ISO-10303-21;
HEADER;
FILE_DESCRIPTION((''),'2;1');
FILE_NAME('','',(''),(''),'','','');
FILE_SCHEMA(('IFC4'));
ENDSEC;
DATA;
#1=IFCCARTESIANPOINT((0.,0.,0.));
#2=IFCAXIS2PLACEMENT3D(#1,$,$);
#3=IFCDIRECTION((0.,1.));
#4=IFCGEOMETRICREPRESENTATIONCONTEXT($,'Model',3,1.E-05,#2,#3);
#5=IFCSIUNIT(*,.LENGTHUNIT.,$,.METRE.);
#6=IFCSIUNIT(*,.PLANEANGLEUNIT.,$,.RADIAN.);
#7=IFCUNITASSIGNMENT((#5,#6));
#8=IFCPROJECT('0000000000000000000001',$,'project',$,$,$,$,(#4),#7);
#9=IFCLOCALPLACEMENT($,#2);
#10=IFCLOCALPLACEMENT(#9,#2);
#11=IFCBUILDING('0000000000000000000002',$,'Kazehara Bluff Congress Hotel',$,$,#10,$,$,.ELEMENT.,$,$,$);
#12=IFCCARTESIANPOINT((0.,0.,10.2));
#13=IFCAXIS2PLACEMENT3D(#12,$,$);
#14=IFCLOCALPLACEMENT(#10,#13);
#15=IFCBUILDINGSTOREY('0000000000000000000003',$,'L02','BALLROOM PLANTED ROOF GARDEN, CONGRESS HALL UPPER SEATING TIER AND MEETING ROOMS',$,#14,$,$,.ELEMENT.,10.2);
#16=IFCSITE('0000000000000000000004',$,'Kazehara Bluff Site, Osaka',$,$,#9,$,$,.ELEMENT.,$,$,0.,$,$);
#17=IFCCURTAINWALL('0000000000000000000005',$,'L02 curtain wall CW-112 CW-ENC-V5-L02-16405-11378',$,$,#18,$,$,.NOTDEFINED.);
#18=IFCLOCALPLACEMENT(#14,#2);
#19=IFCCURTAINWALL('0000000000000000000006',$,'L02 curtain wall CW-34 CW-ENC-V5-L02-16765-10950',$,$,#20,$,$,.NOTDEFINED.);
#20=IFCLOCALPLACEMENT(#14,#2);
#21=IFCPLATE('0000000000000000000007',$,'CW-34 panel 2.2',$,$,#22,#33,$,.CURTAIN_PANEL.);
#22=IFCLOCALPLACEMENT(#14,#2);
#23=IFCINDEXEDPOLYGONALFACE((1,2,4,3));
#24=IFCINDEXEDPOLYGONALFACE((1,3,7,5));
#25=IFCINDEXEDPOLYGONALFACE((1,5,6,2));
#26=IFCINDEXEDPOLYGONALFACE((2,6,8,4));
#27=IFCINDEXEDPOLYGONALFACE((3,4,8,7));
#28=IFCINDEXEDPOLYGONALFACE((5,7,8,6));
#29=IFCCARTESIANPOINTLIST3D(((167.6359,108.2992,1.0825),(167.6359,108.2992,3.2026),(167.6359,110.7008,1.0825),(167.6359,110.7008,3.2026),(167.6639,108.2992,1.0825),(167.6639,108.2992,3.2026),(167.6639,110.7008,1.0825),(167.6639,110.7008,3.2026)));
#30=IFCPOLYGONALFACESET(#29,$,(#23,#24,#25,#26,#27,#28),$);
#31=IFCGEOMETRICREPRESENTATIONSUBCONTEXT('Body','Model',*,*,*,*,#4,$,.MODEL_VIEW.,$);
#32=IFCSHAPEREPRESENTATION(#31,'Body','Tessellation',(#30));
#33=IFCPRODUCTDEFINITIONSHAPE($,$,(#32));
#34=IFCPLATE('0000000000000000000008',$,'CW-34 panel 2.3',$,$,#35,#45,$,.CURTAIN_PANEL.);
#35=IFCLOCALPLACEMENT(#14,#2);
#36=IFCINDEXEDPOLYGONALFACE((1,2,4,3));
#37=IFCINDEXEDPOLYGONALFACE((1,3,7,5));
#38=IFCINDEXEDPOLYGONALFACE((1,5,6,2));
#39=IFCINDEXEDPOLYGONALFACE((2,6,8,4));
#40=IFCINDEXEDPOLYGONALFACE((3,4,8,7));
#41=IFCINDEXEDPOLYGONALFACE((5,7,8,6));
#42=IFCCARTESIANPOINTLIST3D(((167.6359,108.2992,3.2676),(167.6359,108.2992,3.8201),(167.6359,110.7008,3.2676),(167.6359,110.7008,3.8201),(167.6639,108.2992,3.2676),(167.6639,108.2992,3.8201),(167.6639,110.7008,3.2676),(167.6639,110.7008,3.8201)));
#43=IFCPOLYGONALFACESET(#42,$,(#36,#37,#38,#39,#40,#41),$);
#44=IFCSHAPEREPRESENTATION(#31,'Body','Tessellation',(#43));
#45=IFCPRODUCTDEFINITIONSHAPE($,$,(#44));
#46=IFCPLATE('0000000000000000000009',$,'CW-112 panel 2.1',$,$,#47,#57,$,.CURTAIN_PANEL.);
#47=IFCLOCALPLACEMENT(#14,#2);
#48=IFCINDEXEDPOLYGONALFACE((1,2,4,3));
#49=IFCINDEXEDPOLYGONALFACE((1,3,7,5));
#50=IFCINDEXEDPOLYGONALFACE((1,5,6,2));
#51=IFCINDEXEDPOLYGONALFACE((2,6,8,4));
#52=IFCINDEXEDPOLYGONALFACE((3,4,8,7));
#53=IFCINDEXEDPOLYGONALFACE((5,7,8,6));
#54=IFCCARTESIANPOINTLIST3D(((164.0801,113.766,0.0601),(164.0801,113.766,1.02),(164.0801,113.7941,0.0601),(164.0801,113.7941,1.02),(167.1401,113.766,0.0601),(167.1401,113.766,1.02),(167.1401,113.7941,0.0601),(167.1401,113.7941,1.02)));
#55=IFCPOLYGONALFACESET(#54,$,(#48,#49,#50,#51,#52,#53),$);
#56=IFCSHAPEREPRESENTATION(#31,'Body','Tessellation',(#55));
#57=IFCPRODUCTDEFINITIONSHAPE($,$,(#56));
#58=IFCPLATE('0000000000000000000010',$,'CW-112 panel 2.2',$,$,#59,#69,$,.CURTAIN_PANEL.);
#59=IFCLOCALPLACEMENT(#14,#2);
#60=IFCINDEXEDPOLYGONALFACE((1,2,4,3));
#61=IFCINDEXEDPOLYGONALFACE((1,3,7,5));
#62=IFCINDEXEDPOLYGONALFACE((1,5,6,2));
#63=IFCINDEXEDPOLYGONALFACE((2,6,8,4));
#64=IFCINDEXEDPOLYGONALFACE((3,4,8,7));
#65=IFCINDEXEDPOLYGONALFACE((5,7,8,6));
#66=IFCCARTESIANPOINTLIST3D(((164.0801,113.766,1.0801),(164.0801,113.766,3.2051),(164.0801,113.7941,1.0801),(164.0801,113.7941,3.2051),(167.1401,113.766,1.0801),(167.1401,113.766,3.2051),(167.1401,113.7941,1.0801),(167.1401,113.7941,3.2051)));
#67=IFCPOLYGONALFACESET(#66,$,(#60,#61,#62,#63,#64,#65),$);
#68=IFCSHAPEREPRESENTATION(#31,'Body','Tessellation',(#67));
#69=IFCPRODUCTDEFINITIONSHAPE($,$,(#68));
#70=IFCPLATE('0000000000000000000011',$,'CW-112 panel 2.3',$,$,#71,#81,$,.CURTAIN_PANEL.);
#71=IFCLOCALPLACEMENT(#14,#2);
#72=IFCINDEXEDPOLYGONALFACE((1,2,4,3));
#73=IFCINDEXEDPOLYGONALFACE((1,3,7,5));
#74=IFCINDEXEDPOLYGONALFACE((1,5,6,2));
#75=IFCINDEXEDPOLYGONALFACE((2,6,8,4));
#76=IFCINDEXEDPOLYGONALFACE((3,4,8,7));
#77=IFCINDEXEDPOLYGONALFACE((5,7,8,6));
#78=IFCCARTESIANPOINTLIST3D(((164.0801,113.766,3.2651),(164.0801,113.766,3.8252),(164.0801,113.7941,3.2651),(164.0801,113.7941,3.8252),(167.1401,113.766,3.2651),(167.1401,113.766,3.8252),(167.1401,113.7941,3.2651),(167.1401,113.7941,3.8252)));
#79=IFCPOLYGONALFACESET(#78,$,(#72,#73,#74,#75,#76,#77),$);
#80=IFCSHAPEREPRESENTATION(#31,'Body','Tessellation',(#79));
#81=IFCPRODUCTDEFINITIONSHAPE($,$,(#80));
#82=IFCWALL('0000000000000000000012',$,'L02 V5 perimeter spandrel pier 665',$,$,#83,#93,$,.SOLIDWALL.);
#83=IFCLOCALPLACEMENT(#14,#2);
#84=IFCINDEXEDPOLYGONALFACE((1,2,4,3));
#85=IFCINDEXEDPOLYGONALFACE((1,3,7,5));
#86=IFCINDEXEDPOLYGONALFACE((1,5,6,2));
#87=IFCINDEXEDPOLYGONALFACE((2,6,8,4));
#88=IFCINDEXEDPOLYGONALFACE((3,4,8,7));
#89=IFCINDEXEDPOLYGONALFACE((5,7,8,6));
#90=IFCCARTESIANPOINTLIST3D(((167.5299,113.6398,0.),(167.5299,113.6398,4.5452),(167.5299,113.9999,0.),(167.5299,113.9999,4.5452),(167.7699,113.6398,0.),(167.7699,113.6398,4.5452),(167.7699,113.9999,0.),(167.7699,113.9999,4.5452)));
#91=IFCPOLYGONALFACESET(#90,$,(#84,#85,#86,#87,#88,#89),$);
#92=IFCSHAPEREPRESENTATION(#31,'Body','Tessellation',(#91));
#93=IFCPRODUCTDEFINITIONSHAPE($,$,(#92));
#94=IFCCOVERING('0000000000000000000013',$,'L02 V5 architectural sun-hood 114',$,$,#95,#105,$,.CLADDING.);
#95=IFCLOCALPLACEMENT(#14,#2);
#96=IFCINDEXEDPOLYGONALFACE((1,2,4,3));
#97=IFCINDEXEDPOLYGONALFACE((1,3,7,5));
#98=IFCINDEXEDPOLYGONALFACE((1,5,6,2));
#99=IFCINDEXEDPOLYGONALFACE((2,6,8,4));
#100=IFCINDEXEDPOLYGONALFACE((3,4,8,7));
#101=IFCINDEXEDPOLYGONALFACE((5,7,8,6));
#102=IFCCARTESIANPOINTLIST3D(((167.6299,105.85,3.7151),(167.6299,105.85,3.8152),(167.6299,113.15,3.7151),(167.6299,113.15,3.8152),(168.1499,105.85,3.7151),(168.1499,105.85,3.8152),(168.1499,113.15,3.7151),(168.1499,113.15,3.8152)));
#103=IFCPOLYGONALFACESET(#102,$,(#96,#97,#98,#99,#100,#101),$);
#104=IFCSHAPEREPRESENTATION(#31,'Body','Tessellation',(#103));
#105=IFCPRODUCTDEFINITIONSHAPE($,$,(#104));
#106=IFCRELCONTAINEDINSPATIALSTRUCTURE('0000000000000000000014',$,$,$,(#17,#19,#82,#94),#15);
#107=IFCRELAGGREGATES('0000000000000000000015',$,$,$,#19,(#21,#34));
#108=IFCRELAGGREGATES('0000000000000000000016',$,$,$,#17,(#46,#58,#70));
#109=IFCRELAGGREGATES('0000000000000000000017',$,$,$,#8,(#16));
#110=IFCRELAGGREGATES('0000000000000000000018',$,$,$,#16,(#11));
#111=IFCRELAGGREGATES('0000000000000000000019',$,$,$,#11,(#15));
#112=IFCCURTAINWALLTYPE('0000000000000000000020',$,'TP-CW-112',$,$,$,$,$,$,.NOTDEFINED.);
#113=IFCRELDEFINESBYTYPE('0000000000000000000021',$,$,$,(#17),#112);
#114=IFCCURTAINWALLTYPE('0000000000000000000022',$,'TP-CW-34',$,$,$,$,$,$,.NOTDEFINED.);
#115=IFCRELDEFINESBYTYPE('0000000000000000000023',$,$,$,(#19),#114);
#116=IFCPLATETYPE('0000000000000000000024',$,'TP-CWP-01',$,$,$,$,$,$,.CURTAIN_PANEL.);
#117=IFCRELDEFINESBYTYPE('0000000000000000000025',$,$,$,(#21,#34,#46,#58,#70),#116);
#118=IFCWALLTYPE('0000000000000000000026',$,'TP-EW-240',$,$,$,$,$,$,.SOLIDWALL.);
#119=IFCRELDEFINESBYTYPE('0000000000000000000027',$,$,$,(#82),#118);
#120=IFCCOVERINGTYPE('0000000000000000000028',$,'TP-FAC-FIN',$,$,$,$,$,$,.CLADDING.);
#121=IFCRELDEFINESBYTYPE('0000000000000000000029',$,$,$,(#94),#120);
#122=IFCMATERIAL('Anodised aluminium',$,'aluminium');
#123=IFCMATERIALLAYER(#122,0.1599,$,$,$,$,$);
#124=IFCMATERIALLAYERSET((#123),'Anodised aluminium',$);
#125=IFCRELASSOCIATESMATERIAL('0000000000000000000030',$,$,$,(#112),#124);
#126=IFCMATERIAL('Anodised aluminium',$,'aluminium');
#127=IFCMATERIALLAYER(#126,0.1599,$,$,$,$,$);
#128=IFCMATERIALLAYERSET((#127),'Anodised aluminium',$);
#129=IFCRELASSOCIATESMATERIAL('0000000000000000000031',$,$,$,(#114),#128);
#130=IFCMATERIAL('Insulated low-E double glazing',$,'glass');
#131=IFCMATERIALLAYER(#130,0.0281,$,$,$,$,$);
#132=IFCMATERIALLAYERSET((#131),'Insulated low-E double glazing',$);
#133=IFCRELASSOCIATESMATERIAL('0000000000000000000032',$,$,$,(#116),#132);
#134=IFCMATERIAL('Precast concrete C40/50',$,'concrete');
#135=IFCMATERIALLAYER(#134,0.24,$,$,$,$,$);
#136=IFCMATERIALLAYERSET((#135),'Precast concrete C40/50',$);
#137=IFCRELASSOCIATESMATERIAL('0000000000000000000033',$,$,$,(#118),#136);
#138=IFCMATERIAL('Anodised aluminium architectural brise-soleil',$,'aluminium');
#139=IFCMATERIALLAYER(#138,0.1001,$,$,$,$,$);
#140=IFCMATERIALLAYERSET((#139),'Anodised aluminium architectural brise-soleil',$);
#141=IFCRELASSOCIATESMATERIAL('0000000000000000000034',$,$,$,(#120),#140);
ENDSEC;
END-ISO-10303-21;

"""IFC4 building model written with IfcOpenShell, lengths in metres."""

from ifc_helpers import new_model, si_unit, direction, frame, frame_2d, origin, origin_2d, place, context, subcontext, project, spatial, rectangle, extrude, material, layer, layer_set, type_object, element, aggregate, save


model = new_model("IFC4")

# Units and contexts
model_context = context("Model", 3, precision=1e-05, world=origin(), true_north=direction((0.0, 1.0)))
body_context = subcontext(model_context, "Body", "Model", "MODEL_VIEW")
ifc_project = project(units=[si_unit("LENGTHUNIT", "METRE"), si_unit("PLANEANGLEUNIT", "RADIAN")], contexts=[model_context])

# Site, building, storey
site_placement = place(None, origin())
site = spatial("IfcSite", under=ifc_project, at=site_placement, Name="Kazehara Bluff Site, Osaka", CompositionType="ELEMENT", RefElevation=0.0)
building_placement = place(site_placement, origin())
building = spatial("IfcBuilding", under=site, at=building_placement, Name="Kazehara Bluff Congress Hotel", CompositionType="ELEMENT")
storey_placement = place(building_placement, frame((0.0, 0.0, 10.2)))
storey = spatial("IfcBuildingStorey", under=building, at=storey_placement, Name="L02", Description="BALLROOM PLANTED ROOF GARDEN, CONGRESS HALL UPPER SEATING TIER AND MEETING ROOMS", CompositionType="ELEMENT", Elevation=10.2)

# Curtain wall
ifc_material_1 = material(Name="Anodised aluminium", Category="aluminium")
ifc_layer_1 = layer(ifc_material_1, 0.1599)
ifc_layer_set_1 = layer_set([ifc_layer_1], Name="Anodised aluminium")
curtain_wall_type_1 = type_object("IfcCurtainWallType", Name="TP-CW-112", PredefinedType="NOTDEFINED", material=ifc_layer_set_1)
curtain_wall_1_placement = place(storey_placement, origin())
curtain_wall_1 = element("IfcCurtainWall", 1, at=curtain_wall_1_placement, inside=storey, type_object=curtain_wall_type_1, Name="L02 curtain wall CW-112 CW-ENC-V5-L02-16405-11378", PredefinedType="NOTDEFINED")

# Curtain wall
ifc_material_2 = material(Name="Anodised aluminium", Category="aluminium")
ifc_layer_2 = layer(ifc_material_2, 0.1599)
ifc_layer_set_2 = layer_set([ifc_layer_2], Name="Anodised aluminium")
curtain_wall_type_2 = type_object("IfcCurtainWallType", Name="TP-CW-34", PredefinedType="NOTDEFINED", material=ifc_layer_set_2)
curtain_wall_2_placement = place(storey_placement, origin())
curtain_wall_2 = element("IfcCurtainWall", 2, at=curtain_wall_2_placement, inside=storey, type_object=curtain_wall_type_2, Name="L02 curtain wall CW-34 CW-ENC-V5-L02-16765-10950", PredefinedType="NOTDEFINED")

# Plates
ifc_material_3 = material(Name="Insulated low-E double glazing", Category="glass")
ifc_layer_3 = layer(ifc_material_3, 0.0281)
ifc_layer_set_3 = layer_set([ifc_layer_3], Name="Insulated low-E double glazing")
plate_type = type_object("IfcPlateType", Name="TP-CWP-01", PredefinedType="CURTAIN_PANEL", material=ifc_layer_set_3)
plate_1_placement = place(storey_placement, frame((167.6499, 109.5, 1.0825), z_axis=(0.0, 0.0, 1.0), x_axis=(0.0, -1.0, 0.0)))
plate_1 = element("IfcPlate", 3, at=plate_1_placement, type_object=plate_type, Name="CW-34 panel 2.2", PredefinedType="CURTAIN_PANEL", context=body_context, shape_type="SweptSolid", body=[
    extrude(rectangle(XDim=2.4016, YDim=0.0281, at=origin_2d()), origin(), (0.0, 0.0, 1.0), 2.1201),
])
plate_2_placement = place(storey_placement, frame((167.6499, 109.5, 3.2676), z_axis=(0.0, 0.0, 1.0), x_axis=(0.0, -1.0, 0.0)))
plate_2 = element("IfcPlate", 4, at=plate_2_placement, type_object=plate_type, Name="CW-34 panel 2.3", PredefinedType="CURTAIN_PANEL", context=body_context, shape_type="SweptSolid", body=[
    extrude(rectangle(XDim=2.4016, YDim=0.0281, at=origin_2d()), origin(), (0.0, 0.0, 1.0), 0.5525),
])
aggregate(curtain_wall_2, [plate_1, plate_2])
plate_3_placement = place(storey_placement, frame((165.6101, 113.78, 0.0601), z_axis=(0.0, 0.0, 1.0), x_axis=(1.0, 0.0, 0.0)))
plate_3 = element("IfcPlate", 5, at=plate_3_placement, type_object=plate_type, Name="CW-112 panel 2.1", PredefinedType="CURTAIN_PANEL", context=body_context, shape_type="SweptSolid", body=[
    extrude(rectangle(XDim=3.0601, YDim=0.0281, at=origin_2d()), origin(), (0.0, 0.0, 1.0), 0.96),
])
plate_4_placement = place(storey_placement, frame((165.6101, 113.78, 1.0801), z_axis=(0.0, 0.0, 1.0), x_axis=(1.0, 0.0, 0.0)))
plate_4 = element("IfcPlate", 6, at=plate_4_placement, type_object=plate_type, Name="CW-112 panel 2.2", PredefinedType="CURTAIN_PANEL", context=body_context, shape_type="SweptSolid", body=[
    extrude(rectangle(XDim=3.0601, YDim=0.0281, at=origin_2d()), origin(), (0.0, 0.0, 1.0), 2.125),
])
plate_5_placement = place(storey_placement, frame((165.6101, 113.78, 3.2651), z_axis=(0.0, 0.0, 1.0), x_axis=(1.0, 0.0, 0.0)))
plate_5 = element("IfcPlate", 7, at=plate_5_placement, type_object=plate_type, Name="CW-112 panel 2.3", PredefinedType="CURTAIN_PANEL", context=body_context, shape_type="SweptSolid", body=[
    extrude(rectangle(XDim=3.0601, YDim=0.0281, at=origin_2d()), origin(), (0.0, 0.0, 1.0), 0.5601),
])
aggregate(curtain_wall_1, [plate_3, plate_4, plate_5])

# Wall
ifc_material_4 = material(Name="Precast concrete C40/50", Category="concrete")
ifc_layer_4 = layer(ifc_material_4, 0.24)
ifc_layer_set_4 = layer_set([ifc_layer_4], Name="Precast concrete C40/50")
wall_type = type_object("IfcWallType", Name="TP-EW-240", PredefinedType="SOLIDWALL", material=ifc_layer_set_4)
wall_placement = place(storey_placement, frame((167.6499, 114.0, 0.0), z_axis=(0.0, 0.0, 1.0), x_axis=(0.0, -1.0, 0.0)))
element("IfcWall", 8, at=wall_placement, inside=storey, type_object=wall_type, Name="L02 V5 perimeter spandrel pier 665", PredefinedType="SOLIDWALL", context=body_context, shape_type="SweptSolid", body=[
    extrude(rectangle(XDim=0.3601, YDim=0.24, at=frame_2d((0.1802, 0.0))), origin(), (0.0, 0.0, 1.0), 4.5452),
])

# Covering
ifc_material_5 = material(Name="Anodised aluminium architectural brise-soleil", Category="aluminium")
ifc_layer_5 = layer(ifc_material_5, 0.1001)
ifc_layer_set_5 = layer_set([ifc_layer_5], Name="Anodised aluminium architectural brise-soleil")
covering_type = type_object("IfcCoveringType", Name="TP-FAC-FIN", PredefinedType="CLADDING", material=ifc_layer_set_5)
covering_placement = place(storey_placement, frame((167.8899, 109.5, 3.7151), z_axis=(0.0, 0.0, 1.0), x_axis=(1.0, 0.0, 0.0)))
element("IfcCovering", 9, at=covering_placement, inside=storey, type_object=covering_type, Name="L02 V5 architectural sun-hood 114", PredefinedType="CLADDING", context=body_context, shape_type="SweptSolid", body=[
    extrude(rectangle(XDim=0.52, YDim=7.3, at=origin_2d()), origin(), (0.0, 0.0, 1.0), 0.1001),
])

save(model, "model.ifc")
